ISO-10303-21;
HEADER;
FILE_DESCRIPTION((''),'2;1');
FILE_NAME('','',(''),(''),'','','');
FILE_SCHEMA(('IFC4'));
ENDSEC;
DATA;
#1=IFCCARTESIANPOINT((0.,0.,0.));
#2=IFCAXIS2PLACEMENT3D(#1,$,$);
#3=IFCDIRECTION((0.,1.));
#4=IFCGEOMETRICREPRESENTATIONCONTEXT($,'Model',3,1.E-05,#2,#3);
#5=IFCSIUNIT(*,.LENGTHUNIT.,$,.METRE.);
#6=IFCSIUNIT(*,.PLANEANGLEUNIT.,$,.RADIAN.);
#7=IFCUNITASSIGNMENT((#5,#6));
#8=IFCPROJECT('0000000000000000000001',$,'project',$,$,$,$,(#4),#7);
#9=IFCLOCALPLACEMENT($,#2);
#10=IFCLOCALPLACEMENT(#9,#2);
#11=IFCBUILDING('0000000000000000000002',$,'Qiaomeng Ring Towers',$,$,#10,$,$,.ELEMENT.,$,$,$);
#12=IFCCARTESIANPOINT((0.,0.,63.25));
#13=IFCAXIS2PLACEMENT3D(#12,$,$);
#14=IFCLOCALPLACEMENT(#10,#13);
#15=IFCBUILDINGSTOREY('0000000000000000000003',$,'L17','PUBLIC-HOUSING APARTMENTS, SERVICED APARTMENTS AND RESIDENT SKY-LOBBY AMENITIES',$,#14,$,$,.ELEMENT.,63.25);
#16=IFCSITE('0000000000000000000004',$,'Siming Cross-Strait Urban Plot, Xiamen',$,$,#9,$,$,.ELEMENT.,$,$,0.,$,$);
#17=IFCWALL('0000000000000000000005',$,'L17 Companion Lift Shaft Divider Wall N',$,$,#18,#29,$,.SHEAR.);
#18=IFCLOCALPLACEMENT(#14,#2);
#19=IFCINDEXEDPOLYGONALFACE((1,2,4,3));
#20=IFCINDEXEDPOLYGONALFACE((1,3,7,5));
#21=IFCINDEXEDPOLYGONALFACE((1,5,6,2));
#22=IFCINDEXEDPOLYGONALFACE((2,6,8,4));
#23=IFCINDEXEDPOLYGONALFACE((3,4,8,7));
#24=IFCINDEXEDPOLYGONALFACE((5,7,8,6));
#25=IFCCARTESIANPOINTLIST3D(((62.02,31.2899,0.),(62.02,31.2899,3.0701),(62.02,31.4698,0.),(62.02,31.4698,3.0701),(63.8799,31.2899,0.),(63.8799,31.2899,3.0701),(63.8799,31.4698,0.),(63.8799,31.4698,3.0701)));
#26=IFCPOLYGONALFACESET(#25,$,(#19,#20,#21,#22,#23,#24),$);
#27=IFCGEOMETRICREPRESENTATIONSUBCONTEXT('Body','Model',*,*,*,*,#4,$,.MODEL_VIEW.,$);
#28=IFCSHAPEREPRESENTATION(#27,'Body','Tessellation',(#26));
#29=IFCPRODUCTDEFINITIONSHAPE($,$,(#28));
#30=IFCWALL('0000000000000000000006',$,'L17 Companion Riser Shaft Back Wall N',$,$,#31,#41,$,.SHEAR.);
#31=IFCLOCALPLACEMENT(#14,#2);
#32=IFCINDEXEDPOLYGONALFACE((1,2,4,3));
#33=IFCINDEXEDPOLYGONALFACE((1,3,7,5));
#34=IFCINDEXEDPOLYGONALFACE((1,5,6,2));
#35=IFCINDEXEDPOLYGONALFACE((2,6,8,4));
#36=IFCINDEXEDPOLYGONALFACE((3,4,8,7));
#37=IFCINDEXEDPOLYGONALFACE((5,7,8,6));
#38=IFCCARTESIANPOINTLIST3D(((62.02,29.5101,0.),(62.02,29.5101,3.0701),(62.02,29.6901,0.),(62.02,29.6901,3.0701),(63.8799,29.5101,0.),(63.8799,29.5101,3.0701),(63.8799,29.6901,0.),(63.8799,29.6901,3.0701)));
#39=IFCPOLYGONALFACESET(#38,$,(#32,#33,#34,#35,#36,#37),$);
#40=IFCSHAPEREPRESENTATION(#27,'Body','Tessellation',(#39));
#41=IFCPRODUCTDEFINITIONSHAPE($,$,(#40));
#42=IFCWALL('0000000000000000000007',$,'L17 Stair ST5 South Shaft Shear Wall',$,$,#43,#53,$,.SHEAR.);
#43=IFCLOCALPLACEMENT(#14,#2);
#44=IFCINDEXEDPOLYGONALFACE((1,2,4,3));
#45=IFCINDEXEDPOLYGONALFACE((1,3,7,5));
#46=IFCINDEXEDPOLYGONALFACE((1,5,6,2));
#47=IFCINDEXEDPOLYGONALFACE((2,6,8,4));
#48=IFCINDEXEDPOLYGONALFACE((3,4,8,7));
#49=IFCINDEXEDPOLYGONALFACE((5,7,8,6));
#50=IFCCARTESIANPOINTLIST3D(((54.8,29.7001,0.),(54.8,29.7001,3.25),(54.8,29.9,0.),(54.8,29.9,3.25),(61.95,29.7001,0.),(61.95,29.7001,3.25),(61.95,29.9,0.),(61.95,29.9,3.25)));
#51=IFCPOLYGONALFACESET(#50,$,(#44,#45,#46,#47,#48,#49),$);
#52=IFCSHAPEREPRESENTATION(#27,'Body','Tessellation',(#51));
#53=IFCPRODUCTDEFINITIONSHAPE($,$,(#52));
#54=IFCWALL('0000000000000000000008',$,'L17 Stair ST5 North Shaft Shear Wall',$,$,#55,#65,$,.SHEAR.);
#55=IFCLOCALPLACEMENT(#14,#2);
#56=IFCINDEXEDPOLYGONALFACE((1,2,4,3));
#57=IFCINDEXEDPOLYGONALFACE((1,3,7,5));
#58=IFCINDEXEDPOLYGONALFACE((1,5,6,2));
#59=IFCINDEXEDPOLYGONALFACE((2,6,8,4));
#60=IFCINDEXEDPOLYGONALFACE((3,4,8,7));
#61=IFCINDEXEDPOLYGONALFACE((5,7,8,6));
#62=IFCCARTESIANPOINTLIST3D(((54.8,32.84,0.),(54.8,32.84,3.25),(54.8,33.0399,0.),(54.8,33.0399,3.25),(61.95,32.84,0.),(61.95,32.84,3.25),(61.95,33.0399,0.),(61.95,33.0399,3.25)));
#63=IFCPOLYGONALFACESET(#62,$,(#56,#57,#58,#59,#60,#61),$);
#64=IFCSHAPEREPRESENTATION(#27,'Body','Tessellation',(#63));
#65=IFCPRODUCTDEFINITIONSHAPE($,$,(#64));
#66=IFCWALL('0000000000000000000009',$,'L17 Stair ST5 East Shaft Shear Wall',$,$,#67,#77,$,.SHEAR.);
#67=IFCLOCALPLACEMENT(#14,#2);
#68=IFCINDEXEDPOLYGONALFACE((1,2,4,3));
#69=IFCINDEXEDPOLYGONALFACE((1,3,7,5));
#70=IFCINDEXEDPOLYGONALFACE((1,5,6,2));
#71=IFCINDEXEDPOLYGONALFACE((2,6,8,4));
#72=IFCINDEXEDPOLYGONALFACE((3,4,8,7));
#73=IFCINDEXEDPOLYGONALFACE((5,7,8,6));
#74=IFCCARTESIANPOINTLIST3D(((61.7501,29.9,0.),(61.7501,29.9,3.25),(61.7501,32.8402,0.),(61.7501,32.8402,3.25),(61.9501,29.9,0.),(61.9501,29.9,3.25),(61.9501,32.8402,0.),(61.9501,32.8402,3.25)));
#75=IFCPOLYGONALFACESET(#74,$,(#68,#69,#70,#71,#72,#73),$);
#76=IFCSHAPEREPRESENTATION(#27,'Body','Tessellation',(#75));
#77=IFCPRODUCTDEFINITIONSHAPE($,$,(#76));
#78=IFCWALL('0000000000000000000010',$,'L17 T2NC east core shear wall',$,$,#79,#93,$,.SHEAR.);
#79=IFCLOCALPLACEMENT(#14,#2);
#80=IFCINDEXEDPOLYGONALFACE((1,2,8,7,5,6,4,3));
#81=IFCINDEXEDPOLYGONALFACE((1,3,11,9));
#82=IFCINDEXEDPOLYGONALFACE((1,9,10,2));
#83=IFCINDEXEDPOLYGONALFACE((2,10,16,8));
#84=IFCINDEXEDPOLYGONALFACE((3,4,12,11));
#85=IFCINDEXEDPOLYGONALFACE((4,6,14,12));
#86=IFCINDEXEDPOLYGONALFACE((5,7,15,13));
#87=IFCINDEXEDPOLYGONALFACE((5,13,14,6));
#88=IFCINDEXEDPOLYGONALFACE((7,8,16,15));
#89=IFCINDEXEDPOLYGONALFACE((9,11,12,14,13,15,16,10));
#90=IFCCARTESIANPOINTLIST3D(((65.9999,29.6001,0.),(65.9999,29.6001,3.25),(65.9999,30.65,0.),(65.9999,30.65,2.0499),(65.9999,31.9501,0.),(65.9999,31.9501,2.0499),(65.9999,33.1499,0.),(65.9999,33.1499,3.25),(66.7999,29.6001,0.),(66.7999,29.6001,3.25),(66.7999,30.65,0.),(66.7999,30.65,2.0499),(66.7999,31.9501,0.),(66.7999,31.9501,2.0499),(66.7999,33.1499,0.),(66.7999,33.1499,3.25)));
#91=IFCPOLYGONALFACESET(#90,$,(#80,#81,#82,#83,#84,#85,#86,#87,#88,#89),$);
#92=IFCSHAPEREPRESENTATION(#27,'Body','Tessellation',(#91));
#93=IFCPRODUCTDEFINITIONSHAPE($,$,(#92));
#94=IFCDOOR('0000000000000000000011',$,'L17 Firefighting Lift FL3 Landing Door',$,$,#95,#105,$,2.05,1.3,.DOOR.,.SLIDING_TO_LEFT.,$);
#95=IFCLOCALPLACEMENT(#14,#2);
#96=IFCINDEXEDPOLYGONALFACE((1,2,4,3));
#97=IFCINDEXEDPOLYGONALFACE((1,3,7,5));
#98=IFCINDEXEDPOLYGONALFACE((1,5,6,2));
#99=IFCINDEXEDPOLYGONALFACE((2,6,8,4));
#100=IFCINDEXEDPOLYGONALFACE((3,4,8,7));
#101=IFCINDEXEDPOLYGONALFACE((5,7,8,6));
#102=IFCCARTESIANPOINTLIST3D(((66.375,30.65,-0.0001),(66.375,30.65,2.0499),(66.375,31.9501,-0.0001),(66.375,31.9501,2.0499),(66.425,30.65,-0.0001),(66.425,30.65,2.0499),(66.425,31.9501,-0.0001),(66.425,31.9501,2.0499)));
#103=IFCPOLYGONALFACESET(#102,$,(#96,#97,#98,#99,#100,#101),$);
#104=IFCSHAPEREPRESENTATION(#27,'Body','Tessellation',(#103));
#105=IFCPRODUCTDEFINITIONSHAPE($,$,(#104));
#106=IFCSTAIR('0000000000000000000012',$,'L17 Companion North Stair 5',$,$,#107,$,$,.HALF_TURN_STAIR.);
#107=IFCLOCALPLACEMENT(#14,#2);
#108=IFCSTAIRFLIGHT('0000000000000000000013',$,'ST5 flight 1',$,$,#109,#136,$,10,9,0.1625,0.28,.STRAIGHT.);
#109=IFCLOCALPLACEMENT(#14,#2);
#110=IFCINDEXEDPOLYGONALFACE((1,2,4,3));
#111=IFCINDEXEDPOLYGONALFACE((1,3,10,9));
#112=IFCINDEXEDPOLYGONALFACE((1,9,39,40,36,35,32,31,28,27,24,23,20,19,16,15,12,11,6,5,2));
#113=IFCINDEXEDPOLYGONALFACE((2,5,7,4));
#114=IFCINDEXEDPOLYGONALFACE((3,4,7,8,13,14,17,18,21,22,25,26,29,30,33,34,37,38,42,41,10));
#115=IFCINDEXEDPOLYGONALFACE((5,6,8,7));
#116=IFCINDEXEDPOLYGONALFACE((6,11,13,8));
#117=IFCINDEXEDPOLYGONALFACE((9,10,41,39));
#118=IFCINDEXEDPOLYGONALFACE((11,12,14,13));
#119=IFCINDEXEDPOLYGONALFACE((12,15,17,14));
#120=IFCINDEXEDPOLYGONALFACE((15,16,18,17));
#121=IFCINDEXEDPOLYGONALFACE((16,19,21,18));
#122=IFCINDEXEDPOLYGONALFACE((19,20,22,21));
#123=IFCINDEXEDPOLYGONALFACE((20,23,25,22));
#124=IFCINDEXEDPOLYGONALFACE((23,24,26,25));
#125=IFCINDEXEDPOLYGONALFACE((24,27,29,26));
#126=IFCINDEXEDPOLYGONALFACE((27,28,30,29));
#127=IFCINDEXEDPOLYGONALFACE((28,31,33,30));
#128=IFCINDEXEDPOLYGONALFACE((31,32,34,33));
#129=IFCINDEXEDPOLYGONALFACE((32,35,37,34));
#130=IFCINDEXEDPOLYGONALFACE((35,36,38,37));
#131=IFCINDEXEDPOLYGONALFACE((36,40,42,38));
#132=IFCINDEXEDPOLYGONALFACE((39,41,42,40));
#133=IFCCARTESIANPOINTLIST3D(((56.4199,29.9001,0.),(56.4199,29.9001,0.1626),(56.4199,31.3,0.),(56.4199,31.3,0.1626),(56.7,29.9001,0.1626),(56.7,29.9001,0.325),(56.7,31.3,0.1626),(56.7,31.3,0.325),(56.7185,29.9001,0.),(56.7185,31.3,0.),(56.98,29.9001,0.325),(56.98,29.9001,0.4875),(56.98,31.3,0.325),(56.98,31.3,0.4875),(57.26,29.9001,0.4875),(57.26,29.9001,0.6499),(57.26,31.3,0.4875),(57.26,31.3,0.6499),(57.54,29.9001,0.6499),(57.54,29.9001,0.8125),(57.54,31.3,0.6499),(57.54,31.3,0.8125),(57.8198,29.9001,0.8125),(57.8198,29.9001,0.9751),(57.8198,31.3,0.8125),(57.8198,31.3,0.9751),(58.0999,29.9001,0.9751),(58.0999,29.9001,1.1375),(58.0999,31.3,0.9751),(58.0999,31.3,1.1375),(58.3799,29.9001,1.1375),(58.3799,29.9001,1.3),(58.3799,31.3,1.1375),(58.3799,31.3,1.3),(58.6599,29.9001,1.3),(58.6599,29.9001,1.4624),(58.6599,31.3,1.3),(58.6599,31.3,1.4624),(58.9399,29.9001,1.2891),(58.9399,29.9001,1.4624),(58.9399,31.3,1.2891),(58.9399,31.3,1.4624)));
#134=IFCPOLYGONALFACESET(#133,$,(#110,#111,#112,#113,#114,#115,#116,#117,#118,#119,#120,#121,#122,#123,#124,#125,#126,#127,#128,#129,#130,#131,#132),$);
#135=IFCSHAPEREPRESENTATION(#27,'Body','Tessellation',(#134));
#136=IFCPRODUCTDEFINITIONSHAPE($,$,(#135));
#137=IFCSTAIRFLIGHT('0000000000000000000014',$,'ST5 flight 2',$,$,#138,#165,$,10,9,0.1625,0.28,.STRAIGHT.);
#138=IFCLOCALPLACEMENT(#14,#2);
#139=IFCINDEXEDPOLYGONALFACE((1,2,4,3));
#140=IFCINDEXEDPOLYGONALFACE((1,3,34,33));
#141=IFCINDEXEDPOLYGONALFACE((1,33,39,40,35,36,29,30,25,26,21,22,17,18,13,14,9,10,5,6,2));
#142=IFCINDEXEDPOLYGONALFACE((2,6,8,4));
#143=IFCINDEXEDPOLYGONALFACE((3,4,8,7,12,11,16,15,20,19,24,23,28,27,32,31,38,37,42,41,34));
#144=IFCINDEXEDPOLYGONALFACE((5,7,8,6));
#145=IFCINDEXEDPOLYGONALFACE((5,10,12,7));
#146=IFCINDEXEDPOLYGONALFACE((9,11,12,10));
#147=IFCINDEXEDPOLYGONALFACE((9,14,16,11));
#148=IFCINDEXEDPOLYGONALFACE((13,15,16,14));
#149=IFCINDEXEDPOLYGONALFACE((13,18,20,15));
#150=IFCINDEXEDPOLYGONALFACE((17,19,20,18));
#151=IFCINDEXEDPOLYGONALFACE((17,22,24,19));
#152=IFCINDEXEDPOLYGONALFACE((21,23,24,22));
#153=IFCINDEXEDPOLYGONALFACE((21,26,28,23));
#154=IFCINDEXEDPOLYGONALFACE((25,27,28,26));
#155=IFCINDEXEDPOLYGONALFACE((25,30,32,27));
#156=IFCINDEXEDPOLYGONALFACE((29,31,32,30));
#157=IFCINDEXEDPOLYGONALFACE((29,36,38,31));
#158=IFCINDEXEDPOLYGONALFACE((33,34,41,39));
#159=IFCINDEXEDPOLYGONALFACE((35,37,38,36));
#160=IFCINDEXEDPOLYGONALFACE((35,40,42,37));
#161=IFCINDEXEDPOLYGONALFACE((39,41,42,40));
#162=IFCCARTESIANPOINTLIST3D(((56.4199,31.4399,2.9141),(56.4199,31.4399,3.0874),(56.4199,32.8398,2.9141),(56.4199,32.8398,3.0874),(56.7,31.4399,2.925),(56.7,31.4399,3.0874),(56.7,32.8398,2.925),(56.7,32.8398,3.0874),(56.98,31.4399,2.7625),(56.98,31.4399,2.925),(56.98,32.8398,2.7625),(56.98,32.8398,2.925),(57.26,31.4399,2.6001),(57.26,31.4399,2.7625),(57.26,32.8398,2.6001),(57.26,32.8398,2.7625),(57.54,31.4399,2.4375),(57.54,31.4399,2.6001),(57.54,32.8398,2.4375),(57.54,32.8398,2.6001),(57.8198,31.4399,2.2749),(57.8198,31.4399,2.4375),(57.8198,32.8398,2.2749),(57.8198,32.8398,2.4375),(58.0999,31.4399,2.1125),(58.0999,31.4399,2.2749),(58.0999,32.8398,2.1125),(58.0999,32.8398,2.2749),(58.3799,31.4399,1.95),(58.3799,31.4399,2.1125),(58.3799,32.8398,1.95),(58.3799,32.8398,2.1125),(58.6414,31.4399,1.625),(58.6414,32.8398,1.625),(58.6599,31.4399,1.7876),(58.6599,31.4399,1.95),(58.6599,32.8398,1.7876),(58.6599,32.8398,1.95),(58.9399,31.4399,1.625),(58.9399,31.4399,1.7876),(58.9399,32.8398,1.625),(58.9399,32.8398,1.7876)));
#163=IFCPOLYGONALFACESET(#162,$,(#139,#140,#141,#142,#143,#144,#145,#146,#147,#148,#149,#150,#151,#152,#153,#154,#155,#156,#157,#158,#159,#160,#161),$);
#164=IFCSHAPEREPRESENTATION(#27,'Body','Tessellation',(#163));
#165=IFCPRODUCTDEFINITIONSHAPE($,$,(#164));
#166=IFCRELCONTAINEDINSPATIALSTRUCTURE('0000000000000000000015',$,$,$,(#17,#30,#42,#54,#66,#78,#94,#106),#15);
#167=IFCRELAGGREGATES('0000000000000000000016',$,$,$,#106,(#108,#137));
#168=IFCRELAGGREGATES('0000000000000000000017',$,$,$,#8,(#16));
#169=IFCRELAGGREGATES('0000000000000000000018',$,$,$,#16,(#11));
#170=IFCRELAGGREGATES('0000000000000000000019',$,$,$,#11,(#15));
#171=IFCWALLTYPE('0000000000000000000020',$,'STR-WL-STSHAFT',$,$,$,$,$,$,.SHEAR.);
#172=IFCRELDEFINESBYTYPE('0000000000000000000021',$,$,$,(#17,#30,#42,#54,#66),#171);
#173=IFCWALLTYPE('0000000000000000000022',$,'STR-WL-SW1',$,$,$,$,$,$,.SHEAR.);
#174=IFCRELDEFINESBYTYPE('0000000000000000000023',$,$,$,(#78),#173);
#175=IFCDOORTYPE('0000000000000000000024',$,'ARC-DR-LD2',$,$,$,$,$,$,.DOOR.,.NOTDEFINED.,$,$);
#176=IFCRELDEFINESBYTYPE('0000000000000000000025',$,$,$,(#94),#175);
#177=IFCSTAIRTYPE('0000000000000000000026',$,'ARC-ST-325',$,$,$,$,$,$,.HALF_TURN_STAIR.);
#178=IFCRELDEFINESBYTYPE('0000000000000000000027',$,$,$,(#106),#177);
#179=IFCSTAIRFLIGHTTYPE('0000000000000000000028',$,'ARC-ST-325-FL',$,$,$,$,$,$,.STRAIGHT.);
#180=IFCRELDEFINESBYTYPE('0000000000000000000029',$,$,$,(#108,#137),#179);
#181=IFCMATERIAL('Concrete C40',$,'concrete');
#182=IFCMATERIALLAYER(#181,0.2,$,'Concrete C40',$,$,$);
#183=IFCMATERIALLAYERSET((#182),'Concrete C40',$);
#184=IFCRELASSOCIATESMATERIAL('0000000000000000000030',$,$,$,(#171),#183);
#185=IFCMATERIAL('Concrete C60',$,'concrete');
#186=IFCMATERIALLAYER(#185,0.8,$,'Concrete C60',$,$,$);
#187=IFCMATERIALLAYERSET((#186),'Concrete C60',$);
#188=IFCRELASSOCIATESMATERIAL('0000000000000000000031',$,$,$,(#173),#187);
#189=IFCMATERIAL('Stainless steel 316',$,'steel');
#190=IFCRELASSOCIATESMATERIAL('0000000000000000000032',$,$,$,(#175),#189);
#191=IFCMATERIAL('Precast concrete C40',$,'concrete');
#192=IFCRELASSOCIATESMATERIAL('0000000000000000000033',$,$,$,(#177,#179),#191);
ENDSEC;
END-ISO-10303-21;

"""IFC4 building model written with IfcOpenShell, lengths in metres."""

from ifc_helpers import new_model, si_unit, direction, frame, frame_2d, origin, place, context, subcontext, project, spatial, polyline, rectangle, outline, extrude, source, transform, mapped, material, layer, layer_set, type_object, element, fill, aggregate, save


model = new_model("IFC4")

# Units and contexts
model_context = context("Model", 3, precision=1e-05, world=origin(), true_north=direction((0.0, 1.0)))
body_context = subcontext(model_context, "Body", "Model", "MODEL_VIEW")
ifc_project = project(units=[si_unit("LENGTHUNIT", "METRE"), si_unit("PLANEANGLEUNIT", "RADIAN")], contexts=[model_context])

# Site, building, storey
site_placement = place(None, origin())
site = spatial("IfcSite", under=ifc_project, at=site_placement, Name="Siming Cross-Strait Urban Plot, Xiamen", CompositionType="ELEMENT", RefElevation=0.0)
building_placement = place(site_placement, origin())
building = spatial("IfcBuilding", under=site, at=building_placement, Name="Qiaomeng Ring Towers", CompositionType="ELEMENT")
storey_placement = place(building_placement, frame((0.0, 0.0, 63.25)))
storey = spatial("IfcBuildingStorey", under=building, at=storey_placement, Name="L17", Description="PUBLIC-HOUSING APARTMENTS, SERVICED APARTMENTS AND RESIDENT SKY-LOBBY AMENITIES", CompositionType="ELEMENT", Elevation=63.25)

# Walls
ifc_material_1 = material(Name="Concrete C40", Category="concrete")
ifc_layer_1 = layer(ifc_material_1, 0.2, Name="Concrete C40")
ifc_layer_set_1 = layer_set([ifc_layer_1], Name="Concrete C40")
wall_type_1 = type_object("IfcWallType", Name="STR-WL-STSHAFT", PredefinedType="SHEAR", material=ifc_layer_set_1)
for number, where, z_axis, x_axis, name in (
    (1, (62.02, 31.3799, 0.0), (0.0, 0.0, 1.0), (1.0, 0.0, 0.0), "L17 Companion Lift Shaft Divider Wall N"),
    (2, (62.02, 29.6001, 0.0), (0.0, 0.0, 1.0), (1.0, 0.0, 0.0), "L17 Companion Riser Shaft Back Wall N"),
):
    element("IfcWall", number, at=place(storey_placement, frame(where, z_axis=z_axis, x_axis=x_axis)), inside=storey, type_object=wall_type_1, Name=name, PredefinedType="SHEAR", context=body_context, shape_type="SweptSolid", body=[
        extrude(rectangle(XDim=1.8599, YDim=0.1799, at=frame_2d((0.9299, 0.0))), origin(), (0.0, 0.0, 1.0), 3.0701),
    ])
for number, where, z_axis, x_axis, name in (
    (3, (54.8, 29.8, 0.0), (0.0, 0.0, 1.0), (1.0, 0.0, 0.0), "L17 Stair ST5 South Shaft Shear Wall"),
    (4, (54.8, 32.9399, 0.0), (0.0, 0.0, 1.0), (1.0, 0.0, 0.0), "L17 Stair ST5 North Shaft Shear Wall"),
):
    element("IfcWall", number, at=place(storey_placement, frame(where, z_axis=z_axis, x_axis=x_axis)), inside=storey, type_object=wall_type_1, Name=name, PredefinedType="SHEAR", context=body_context, shape_type="SweptSolid", body=[
        extrude(rectangle(XDim=7.1499, YDim=0.2, at=frame_2d((3.575, 0.0))), origin(), (0.0, 0.0, 1.0), 3.25),
    ])
wall_1_placement = place(storey_placement, frame((61.8501, 29.8999, 0.0), z_axis=(0.0, 0.0, 1.0), x_axis=(0.0, 1.0, 0.0)))
element("IfcWall", 5, at=wall_1_placement, inside=storey, type_object=wall_type_1, Name="L17 Stair ST5 East Shaft Shear Wall", PredefinedType="SHEAR", context=body_context, shape_type="SweptSolid", body=[
    extrude(rectangle(XDim=2.9402, YDim=0.2, at=frame_2d((1.4702, 0.0))), origin(), (0.0, 0.0, 1.0), 3.25),
])

# Wall, opening, door
ifc_material_2 = material(Name="Concrete C60", Category="concrete")
ifc_layer_2 = layer(ifc_material_2, 0.8, Name="Concrete C60")
ifc_layer_set_2 = layer_set([ifc_layer_2], Name="Concrete C60")
wall_type_2 = type_object("IfcWallType", Name="STR-WL-SW1", PredefinedType="SHEAR", material=ifc_layer_set_2)
wall_2_placement = place(storey_placement, frame((66.3999, 29.6001, 0.0), z_axis=(0.0, 0.0, 1.0), x_axis=(0.0, 1.0, 0.0)))
wall_2 = element("IfcWall", 6, at=wall_2_placement, inside=storey, type_object=wall_type_2, Name="L17 T2NC east core shear wall", PredefinedType="SHEAR", context=body_context, shape_type="SweptSolid", body=[
    extrude(rectangle(XDim=3.5498, YDim=0.8, at=frame_2d((1.7749, 0.0))), origin(), (0.0, 0.0, 1.0), 3.25),
])
opening_placement = place(wall_2_placement, frame((1.05, 0.0, 0.0)))
opening = element("IfcOpeningElement", 7, at=opening_placement, cuts=wall_2, PredefinedType="OPENING", context=body_context, shape_type="SweptSolid", body=[
    extrude(rectangle(XDim=1.3, YDim=2.05, at=frame_2d((0.6499, 1.0249))), frame((0.0, 0.4099, 0.0), z_axis=(0.0, -1.0, 0.0), x_axis=(1.0, 0.0, 0.0)), (0.0, 0.0, 1.0), 0.8201),
])
ifc_material_3 = material(Name="Stainless steel 316", Category="steel")
door_type = type_object("IfcDoorType", Name="ARC-DR-LD2", OperationType="NOTDEFINED", PredefinedType="DOOR", material=ifc_material_3)
shared_shape_1 = source(origin(), body_context, "Body", "SweptSolid", [
    extrude(rectangle(XDim=1.3, YDim=2.05, at=frame_2d((0.6499, 1.0249))), frame((0.0, 0.0249, 0.0), z_axis=(0.0, -1.0, 0.0), x_axis=(1.0, 0.0, 0.0)), (0.0, 0.0, 1.0), 0.05),
])
door_placement = place(opening_placement, origin())
door = element("IfcDoor", 8, at=door_placement, inside=storey, type_object=door_type, Name="L17 Firefighting Lift FL3 Landing Door", OperationType="SLIDING_TO_LEFT", OverallHeight=2.05, OverallWidth=1.3, PredefinedType="DOOR", context=body_context, shape_type="MappedRepresentation", body=[
    mapped(shared_shape_1, transform((0.0, 0.0, 0.0), x_axis=(1.0, 0.0, 0.0), y_axis=(0.0, 1.0, 0.0), z_axis=(0.0, 0.0, 1.0), scale=1.0)),
])
fill(opening, door)

# Stair, stair flights
ifc_material_4 = material(Name="Precast concrete C40", Category="concrete")
stair_type = type_object("IfcStairType", Name="ARC-ST-325", PredefinedType="HALF_TURN_STAIR", material=ifc_material_4)
stair_placement = place(storey_placement, origin())
stair = element("IfcStair", 9, at=stair_placement, inside=storey, type_object=stair_type, Name="L17 Companion North Stair 5", PredefinedType="HALF_TURN_STAIR")
stair_flight_type = type_object("IfcStairFlightType", Name="ARC-ST-325-FL", PredefinedType="STRAIGHT", material=ifc_material_4)
shared_shape_2 = source(origin(), body_context, "Body", "SweptSolid", [
    extrude(outline(polyline([(0.0, 0.0), (0.0, 0.1626), (0.28, 0.1626), (0.28, 0.325), (0.5601, 0.325), (0.5601, 0.4875), (0.8401, 0.4875), (0.8401, 0.6499), (1.1201, 0.6499), (1.1201, 0.8125), (1.3999, 0.8125), (1.3999, 0.9751), (1.6799, 0.9751), (1.6799, 1.1375), (1.96, 1.1375), (1.96, 1.3), (2.24, 1.3), (2.24, 1.4624), (2.52, 1.4624), (2.52, 1.625), (2.52, 1.2891), (0.2986, 0.0), (0.0, 0.0)])), frame((0.0, 0.7, 0.0), z_axis=(0.0, -1.0, 0.0), x_axis=(1.0, 0.0, 0.0)), (0.0, 0.0, 1.0), 1.3999),
])
stair_flight_1_placement = place(storey_placement, frame((56.4199, 30.6001, 0.0), z_axis=(0.0, 0.0, 1.0), x_axis=(1.0, 0.0, 0.0)))
stair_flight_1 = element("IfcStairFlight", 10, at=stair_flight_1_placement, type_object=stair_flight_type, Name="ST5 flight 1", NumberOfRisers=10, NumberOfTreads=9, PredefinedType="STRAIGHT", RiserHeight=0.1625, TreadLength=0.28, context=body_context, shape_type="MappedRepresentation", body=[
    mapped(shared_shape_2, transform((0.0, 0.0, 0.0), x_axis=(1.0, 0.0, 0.0), y_axis=(0.0, 1.0, 0.0), z_axis=(0.0, 0.0, 1.0), scale=1.0)),
])
stair_flight_2_placement = place(storey_placement, frame((58.9399, 32.1399, 1.625), z_axis=(0.0, 0.0, 1.0), x_axis=(-1.0, 0.0, 0.0)))
stair_flight_2 = element("IfcStairFlight", 11, at=stair_flight_2_placement, type_object=stair_flight_type, Name="ST5 flight 2", NumberOfRisers=10, NumberOfTreads=9, PredefinedType="STRAIGHT", RiserHeight=0.1625, TreadLength=0.28, context=body_context, shape_type="MappedRepresentation", body=[
    mapped(shared_shape_2, transform((0.0, 0.0, 0.0), x_axis=(1.0, 0.0, 0.0), y_axis=(0.0, 1.0, 0.0), z_axis=(0.0, 0.0, 1.0), scale=1.0)),
])
aggregate(stair, [stair_flight_1, stair_flight_2])

save(model, "model.ifc")
